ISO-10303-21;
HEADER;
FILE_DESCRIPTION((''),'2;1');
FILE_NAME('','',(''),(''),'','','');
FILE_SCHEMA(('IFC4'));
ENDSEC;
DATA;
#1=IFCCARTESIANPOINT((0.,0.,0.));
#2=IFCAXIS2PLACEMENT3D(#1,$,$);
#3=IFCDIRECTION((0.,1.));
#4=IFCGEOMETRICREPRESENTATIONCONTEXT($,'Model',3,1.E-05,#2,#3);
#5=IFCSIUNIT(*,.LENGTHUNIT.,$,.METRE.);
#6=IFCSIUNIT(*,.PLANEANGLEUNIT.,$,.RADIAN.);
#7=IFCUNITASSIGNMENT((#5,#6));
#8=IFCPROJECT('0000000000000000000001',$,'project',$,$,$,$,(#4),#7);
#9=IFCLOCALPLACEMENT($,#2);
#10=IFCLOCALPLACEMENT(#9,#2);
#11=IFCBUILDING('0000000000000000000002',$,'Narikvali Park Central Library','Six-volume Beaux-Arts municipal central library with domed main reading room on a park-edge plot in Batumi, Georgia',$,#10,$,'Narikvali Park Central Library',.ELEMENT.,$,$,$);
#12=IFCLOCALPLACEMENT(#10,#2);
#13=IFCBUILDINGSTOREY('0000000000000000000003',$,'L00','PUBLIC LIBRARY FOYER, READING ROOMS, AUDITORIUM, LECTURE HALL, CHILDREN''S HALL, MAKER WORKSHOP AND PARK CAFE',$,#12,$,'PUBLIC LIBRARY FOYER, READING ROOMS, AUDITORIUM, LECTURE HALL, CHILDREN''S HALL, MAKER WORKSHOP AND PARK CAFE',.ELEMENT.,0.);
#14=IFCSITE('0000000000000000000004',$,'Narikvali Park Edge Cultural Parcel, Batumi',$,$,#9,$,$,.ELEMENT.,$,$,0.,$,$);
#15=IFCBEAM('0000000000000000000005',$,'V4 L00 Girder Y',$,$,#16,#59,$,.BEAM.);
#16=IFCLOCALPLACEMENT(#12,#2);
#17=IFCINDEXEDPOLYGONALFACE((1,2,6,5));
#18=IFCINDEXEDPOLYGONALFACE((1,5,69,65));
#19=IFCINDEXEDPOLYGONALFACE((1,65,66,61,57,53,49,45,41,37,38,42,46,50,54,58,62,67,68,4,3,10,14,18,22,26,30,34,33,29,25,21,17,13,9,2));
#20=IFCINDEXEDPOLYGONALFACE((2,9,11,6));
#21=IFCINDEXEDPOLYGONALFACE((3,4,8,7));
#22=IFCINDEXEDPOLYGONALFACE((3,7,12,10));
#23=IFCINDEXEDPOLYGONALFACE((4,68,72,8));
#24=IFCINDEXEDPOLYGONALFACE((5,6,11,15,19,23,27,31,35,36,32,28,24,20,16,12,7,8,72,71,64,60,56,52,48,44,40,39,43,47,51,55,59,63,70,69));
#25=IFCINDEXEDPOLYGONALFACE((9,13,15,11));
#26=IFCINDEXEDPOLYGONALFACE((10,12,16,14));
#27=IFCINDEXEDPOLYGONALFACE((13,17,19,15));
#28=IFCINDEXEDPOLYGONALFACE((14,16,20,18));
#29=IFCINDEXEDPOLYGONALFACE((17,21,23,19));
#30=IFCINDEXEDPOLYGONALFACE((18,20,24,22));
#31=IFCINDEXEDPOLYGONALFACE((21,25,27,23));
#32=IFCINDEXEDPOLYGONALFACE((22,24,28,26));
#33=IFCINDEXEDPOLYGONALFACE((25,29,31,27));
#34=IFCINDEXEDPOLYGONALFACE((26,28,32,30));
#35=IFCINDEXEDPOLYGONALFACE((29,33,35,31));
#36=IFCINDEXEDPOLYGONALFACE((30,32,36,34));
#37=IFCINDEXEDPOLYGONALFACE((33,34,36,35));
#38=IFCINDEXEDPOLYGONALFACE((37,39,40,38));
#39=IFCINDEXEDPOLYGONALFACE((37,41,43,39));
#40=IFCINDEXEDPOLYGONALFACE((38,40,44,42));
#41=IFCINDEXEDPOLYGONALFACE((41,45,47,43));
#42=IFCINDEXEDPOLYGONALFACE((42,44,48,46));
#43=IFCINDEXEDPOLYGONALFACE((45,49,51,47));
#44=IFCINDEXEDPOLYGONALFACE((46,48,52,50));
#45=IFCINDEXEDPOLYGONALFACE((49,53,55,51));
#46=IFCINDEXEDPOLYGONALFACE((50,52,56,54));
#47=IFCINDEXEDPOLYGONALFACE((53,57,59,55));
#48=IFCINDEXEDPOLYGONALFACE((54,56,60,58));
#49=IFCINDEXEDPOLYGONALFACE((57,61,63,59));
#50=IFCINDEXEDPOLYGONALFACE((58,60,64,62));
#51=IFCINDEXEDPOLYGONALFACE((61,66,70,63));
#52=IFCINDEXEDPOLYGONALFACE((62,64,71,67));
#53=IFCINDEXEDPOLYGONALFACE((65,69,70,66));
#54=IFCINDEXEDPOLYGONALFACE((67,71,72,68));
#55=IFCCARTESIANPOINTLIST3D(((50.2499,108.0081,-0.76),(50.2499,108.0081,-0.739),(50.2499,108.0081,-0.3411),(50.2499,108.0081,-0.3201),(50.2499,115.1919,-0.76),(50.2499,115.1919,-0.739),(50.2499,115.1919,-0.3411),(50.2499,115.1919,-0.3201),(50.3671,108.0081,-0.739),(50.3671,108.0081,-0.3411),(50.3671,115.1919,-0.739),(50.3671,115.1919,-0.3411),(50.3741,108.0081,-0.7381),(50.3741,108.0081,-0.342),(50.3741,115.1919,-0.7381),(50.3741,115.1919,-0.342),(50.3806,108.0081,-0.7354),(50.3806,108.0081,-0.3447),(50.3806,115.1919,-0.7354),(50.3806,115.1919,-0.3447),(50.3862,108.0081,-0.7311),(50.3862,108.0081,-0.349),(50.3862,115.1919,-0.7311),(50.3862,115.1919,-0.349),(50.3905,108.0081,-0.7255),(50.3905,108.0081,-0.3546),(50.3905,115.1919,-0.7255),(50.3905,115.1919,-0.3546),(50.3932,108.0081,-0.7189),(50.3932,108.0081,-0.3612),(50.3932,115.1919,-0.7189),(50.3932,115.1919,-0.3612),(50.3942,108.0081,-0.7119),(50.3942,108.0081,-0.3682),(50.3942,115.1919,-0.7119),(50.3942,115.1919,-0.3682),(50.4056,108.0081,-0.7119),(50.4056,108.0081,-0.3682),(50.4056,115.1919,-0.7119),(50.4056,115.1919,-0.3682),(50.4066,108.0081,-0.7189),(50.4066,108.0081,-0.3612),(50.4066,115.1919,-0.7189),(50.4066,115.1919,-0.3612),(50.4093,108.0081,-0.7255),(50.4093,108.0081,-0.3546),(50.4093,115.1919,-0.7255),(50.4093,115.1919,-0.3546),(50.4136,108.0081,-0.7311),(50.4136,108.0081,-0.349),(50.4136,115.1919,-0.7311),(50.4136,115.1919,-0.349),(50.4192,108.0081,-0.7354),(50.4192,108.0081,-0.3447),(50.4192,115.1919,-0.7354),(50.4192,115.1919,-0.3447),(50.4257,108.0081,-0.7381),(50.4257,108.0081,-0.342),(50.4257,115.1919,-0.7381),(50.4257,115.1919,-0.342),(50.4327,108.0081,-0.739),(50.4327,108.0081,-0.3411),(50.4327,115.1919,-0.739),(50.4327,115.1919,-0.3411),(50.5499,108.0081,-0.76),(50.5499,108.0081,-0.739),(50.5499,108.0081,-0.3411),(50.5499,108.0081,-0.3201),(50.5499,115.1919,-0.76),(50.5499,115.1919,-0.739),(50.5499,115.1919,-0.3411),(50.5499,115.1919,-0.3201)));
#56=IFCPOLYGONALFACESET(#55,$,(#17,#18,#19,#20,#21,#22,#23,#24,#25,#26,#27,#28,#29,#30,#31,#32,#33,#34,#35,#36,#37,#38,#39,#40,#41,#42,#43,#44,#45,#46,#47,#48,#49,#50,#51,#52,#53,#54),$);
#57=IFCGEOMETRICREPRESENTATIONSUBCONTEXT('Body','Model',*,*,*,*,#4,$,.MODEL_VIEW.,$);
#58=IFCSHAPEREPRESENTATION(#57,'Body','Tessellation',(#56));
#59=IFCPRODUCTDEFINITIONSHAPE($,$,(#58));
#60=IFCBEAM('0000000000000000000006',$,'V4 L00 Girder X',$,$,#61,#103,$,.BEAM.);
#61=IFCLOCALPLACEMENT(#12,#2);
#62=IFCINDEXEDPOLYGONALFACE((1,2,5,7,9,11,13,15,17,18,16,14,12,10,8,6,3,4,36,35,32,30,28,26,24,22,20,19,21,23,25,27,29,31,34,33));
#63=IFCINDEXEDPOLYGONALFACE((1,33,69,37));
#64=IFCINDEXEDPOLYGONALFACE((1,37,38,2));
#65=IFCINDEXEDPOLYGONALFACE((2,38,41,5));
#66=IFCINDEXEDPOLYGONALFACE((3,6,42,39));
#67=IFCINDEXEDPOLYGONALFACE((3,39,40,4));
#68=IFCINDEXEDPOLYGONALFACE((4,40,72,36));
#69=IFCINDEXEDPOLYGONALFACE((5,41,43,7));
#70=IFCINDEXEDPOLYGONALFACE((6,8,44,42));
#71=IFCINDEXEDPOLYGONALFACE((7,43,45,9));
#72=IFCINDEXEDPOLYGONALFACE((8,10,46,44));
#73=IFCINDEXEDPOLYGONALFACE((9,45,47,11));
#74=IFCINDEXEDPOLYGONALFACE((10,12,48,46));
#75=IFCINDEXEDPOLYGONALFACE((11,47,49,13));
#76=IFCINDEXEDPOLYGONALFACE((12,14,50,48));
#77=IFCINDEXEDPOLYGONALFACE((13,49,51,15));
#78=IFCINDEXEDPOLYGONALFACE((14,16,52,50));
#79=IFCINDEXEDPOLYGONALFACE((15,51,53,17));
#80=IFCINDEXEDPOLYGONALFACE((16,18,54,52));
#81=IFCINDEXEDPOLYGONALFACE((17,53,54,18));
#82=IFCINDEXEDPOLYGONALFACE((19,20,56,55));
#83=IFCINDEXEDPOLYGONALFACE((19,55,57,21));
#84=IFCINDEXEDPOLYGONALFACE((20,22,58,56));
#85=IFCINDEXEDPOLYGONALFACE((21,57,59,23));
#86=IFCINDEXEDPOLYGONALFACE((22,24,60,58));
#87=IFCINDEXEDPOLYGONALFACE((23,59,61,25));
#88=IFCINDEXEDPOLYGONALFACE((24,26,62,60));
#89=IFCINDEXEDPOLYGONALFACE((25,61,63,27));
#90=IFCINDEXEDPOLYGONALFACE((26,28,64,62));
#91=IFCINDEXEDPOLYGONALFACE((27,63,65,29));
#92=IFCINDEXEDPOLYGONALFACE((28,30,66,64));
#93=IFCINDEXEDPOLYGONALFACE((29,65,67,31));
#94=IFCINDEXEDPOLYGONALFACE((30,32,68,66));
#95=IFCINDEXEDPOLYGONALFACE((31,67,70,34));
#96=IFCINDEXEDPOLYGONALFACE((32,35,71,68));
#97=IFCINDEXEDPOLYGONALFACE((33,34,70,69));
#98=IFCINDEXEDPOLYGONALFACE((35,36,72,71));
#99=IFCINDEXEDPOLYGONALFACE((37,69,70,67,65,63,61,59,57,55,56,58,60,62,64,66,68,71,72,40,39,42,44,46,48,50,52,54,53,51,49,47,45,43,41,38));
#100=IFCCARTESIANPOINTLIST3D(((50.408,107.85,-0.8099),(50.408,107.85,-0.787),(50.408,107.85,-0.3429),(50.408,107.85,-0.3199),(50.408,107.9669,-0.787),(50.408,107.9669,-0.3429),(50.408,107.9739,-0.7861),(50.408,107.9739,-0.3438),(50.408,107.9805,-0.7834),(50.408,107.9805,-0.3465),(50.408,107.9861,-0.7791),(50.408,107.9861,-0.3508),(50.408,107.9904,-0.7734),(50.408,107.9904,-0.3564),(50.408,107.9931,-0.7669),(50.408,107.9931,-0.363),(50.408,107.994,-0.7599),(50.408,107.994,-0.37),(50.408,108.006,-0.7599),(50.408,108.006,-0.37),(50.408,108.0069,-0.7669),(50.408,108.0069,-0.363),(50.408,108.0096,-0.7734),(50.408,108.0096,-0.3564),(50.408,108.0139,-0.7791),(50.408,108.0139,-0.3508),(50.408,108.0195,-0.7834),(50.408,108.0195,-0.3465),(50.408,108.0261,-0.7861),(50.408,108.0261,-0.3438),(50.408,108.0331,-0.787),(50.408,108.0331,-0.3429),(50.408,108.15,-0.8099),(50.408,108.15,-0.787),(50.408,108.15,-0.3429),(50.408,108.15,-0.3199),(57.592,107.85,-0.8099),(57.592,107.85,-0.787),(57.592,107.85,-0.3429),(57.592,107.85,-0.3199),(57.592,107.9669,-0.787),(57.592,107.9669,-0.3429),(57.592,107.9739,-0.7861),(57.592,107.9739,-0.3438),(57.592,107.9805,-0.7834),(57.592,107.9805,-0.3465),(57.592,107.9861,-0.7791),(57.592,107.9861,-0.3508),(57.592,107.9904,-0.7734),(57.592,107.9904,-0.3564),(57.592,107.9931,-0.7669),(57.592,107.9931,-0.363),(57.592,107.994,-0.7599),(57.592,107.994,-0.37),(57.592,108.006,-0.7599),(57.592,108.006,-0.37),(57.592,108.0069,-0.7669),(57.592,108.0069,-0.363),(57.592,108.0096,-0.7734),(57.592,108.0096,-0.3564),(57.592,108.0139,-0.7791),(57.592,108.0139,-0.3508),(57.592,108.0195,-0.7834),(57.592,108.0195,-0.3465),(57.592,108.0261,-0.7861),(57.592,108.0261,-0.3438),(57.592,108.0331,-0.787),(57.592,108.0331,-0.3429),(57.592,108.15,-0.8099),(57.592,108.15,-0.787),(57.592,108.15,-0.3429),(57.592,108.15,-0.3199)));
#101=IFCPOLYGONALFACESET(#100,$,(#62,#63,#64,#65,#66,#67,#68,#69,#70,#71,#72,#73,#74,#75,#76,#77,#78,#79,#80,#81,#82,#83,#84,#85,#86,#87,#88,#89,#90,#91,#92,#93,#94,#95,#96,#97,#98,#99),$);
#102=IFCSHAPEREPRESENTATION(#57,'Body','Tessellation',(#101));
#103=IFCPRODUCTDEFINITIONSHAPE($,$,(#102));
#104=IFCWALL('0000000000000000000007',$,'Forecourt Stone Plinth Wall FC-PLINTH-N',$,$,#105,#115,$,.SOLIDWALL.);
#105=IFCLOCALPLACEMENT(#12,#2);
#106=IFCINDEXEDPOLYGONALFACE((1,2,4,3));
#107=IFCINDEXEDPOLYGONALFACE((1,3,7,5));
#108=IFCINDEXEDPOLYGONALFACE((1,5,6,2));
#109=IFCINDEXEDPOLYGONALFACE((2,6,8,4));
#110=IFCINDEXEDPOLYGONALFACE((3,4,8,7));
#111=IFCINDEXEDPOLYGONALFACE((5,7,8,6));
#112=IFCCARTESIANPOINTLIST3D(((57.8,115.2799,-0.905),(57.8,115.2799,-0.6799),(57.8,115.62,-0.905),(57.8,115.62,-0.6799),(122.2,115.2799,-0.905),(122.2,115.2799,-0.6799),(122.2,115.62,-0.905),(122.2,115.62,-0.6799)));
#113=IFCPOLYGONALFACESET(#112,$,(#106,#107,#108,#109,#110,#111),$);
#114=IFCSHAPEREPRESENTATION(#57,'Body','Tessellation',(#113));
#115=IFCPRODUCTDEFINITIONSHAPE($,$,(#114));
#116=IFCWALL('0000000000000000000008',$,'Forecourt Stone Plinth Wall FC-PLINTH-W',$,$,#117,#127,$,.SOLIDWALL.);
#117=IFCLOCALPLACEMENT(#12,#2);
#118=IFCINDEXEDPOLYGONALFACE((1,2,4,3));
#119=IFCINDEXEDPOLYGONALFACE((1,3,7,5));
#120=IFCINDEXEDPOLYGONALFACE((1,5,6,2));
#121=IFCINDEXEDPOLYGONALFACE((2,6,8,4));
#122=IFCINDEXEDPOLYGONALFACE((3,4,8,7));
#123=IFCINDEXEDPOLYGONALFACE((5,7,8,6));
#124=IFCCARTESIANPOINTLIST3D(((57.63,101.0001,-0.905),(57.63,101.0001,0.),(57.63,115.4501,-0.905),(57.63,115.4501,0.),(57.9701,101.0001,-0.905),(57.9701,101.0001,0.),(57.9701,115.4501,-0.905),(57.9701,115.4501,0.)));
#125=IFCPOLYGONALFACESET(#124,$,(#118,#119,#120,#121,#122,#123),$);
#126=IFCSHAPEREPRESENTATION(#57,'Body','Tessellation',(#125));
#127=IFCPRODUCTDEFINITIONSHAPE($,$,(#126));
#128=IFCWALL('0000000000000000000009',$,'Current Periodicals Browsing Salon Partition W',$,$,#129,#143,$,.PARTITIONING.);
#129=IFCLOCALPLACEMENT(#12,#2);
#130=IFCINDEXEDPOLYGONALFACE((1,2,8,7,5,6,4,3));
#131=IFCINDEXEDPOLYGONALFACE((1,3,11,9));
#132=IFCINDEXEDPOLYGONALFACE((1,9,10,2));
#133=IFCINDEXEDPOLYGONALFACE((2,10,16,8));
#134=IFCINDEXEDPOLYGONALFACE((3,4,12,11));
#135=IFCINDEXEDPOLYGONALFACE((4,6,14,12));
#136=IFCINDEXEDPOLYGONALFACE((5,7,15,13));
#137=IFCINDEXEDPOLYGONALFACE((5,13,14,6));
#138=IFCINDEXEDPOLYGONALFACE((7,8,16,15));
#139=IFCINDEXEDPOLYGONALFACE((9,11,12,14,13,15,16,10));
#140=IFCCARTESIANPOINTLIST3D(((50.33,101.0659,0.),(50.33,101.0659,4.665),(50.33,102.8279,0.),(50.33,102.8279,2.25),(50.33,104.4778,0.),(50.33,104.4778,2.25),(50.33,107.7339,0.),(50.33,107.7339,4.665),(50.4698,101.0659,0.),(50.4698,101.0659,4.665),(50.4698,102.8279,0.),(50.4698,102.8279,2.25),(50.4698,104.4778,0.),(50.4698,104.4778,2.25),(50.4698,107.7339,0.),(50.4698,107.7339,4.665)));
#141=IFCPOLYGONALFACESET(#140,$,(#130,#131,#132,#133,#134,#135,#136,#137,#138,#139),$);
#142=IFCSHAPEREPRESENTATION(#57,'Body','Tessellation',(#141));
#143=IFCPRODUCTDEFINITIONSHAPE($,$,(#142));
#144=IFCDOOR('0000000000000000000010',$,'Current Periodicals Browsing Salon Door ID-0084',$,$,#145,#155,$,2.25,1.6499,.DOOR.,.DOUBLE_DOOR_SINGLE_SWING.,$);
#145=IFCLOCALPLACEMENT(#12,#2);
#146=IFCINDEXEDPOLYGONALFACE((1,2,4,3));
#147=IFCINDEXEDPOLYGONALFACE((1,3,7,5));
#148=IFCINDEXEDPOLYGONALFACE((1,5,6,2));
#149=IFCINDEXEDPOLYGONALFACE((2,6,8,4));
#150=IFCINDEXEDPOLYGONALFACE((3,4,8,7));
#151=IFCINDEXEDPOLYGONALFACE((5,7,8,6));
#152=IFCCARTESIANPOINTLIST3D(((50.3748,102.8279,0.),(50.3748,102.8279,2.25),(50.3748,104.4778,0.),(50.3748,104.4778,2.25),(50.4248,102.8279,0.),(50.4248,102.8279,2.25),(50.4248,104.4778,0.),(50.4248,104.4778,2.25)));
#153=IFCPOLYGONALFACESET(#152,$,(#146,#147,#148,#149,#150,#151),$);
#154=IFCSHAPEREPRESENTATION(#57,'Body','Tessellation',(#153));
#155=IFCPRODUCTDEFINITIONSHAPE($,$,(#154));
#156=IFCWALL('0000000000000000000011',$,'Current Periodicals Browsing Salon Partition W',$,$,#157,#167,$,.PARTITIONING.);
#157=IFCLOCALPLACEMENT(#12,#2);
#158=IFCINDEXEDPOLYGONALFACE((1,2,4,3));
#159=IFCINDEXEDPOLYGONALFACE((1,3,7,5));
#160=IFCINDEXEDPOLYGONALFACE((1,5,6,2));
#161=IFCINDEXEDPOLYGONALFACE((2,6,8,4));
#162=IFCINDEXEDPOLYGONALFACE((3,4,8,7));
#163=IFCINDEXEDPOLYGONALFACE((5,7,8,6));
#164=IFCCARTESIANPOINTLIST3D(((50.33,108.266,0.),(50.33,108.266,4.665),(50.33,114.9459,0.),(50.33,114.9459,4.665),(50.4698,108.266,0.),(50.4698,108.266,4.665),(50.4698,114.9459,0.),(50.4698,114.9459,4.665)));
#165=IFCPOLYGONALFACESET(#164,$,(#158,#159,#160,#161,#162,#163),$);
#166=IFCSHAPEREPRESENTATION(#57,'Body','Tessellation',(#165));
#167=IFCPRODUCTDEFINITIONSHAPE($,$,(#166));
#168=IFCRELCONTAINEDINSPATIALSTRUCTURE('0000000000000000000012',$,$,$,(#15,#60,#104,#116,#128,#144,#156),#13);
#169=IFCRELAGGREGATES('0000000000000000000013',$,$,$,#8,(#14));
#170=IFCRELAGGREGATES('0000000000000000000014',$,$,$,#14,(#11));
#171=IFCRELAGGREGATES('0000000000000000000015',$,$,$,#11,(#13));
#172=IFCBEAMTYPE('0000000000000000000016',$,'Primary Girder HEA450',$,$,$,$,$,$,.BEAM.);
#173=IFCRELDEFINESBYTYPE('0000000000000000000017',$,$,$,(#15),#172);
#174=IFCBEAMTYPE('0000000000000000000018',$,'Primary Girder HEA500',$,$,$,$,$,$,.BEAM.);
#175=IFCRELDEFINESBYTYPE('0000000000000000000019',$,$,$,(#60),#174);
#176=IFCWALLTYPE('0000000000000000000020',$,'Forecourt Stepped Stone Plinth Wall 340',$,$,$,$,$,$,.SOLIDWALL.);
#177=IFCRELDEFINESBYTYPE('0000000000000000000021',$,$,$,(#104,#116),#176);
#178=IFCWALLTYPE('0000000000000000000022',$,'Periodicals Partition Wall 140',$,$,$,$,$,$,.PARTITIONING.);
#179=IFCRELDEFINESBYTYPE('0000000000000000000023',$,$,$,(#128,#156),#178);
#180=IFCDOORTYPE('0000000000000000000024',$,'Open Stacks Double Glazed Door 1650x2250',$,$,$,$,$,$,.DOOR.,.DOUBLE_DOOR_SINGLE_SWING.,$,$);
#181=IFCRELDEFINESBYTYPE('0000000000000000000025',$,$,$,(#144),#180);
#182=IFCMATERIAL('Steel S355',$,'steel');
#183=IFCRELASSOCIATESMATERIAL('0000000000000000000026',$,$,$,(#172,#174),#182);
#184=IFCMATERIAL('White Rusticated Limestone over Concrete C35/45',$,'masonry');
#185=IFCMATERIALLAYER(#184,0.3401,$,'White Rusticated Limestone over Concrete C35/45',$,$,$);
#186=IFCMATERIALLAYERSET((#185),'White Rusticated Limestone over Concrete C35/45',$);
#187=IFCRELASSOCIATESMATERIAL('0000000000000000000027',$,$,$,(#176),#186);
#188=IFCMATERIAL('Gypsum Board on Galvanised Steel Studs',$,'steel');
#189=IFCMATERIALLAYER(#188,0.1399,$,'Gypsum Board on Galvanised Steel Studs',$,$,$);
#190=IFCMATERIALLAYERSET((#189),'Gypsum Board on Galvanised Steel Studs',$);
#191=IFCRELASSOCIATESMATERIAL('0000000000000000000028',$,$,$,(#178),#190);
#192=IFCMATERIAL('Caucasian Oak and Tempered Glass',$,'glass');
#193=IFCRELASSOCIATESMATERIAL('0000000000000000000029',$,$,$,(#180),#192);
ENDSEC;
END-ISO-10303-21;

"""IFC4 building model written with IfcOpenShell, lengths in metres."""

from ifc_helpers import new_model, si_unit, direction, frame, frame_2d, origin, origin_2d, place, context, subcontext, project, spatial, rectangle, i_section, extrude, material, layer, layer_set, material_profile, profile_set, type_object, element, fill, save


model = new_model("IFC4")

# Units and contexts
model_context = context("Model", 3, precision=1e-05, world=origin(), true_north=direction((0.0, 1.0)))
body_context = subcontext(model_context, "Body", "Model", "MODEL_VIEW")
ifc_project = project(units=[si_unit("LENGTHUNIT", "METRE"), si_unit("PLANEANGLEUNIT", "RADIAN")], contexts=[model_context])

# Site, building, storey
site_placement = place(None, origin())
site = spatial("IfcSite", under=ifc_project, at=site_placement, Name="Narikvali Park Edge Cultural Parcel, Batumi", CompositionType="ELEMENT", RefElevation=0.0)
building_placement = place(site_placement, origin())
building = spatial("IfcBuilding", under=site, at=building_placement, Name="Narikvali Park Central Library", Description="Six-volume Beaux-Arts municipal central library with domed main reading room on a park-edge plot in Batumi, Georgia", LongName="Narikvali Park Central Library", CompositionType="ELEMENT")
storey_placement = place(building_placement, origin())
storey = spatial("IfcBuildingStorey", under=building, at=storey_placement, Name="L00", Description="PUBLIC LIBRARY FOYER, READING ROOMS, AUDITORIUM, LECTURE HALL, CHILDREN'S HALL, MAKER WORKSHOP AND PARK CAFE", LongName="PUBLIC LIBRARY FOYER, READING ROOMS, AUDITORIUM, LECTURE HALL, CHILDREN'S HALL, MAKER WORKSHOP AND PARK CAFE", CompositionType="ELEMENT", Elevation=0.0)

# Shared definitions
ifc_material_1 = material(Name="Steel S355", Category="steel")

# Beams
ifc_material_profile_1 = material_profile(ifc_material_1, i_section(OverallWidth=0.3, OverallDepth=0.4399, WebThickness=0.0115, FlangeThickness=0.021, FilletRadius=0.0271, at=origin_2d()), Name="HEA 450")
ifc_profile_set_1 = profile_set([ifc_material_profile_1], Name="Steel S355")
beam_type_1 = type_object("IfcBeamType", Name="Primary Girder HEA450", PredefinedType="BEAM", material=ifc_profile_set_1)
for number, where, z_axis, x_axis, name in (
    (1, (50.3999, 108.0081, -0.54), (0.0, 1.0, 0.0), (-1.0, 0.0, 0.0), "V4 L00 Girder Y"),
):
    element("IfcBeam", number, at=place(storey_placement, frame(where, z_axis=z_axis, x_axis=x_axis)), inside=storey, type_object=beam_type_1, Name=name, PredefinedType="BEAM", context=body_context, shape_type="SweptSolid", body=[
        extrude(i_section(OverallWidth=0.3, OverallDepth=0.4399, WebThickness=0.0115, FlangeThickness=0.021, FilletRadius=0.0271, at=origin_2d()), origin(), (0.0, 0.0, 1.0), 7.1838),
    ])
ifc_material_profile_2 = material_profile(ifc_material_1, i_section(OverallWidth=0.3, OverallDepth=0.49, WebThickness=0.012, FlangeThickness=0.0229, FilletRadius=0.0271, at=origin_2d()), Name="HEA 500")
ifc_profile_set_2 = profile_set([ifc_material_profile_2], Name="Steel S355")
beam_type_2 = type_object("IfcBeamType", Name="Primary Girder HEA500", PredefinedType="BEAM", material=ifc_profile_set_2)
beam_1_placement = place(storey_placement, frame((50.408, 108.0, -0.5649), z_axis=(1.0, 0.0, 0.0), x_axis=(0.0, 1.0, 0.0)))
element("IfcBeam", 2, at=beam_1_placement, inside=storey, type_object=beam_type_2, Name="V4 L00 Girder X", PredefinedType="BEAM", context=body_context, shape_type="SweptSolid", body=[
    extrude(i_section(OverallWidth=0.3, OverallDepth=0.49, WebThickness=0.012, FlangeThickness=0.0229, FilletRadius=0.0271, at=origin_2d()), origin(), (0.0, 0.0, 1.0), 7.1841),
])

# Walls
ifc_material_2 = material(Name="White Rusticated Limestone over Concrete C35/45", Category="masonry")
ifc_layer_1 = layer(ifc_material_2, 0.3401, Name="White Rusticated Limestone over Concrete C35/45")
ifc_layer_set_1 = layer_set([ifc_layer_1], Name="White Rusticated Limestone over Concrete C35/45")
wall_type_1 = type_object("IfcWallType", Name="Forecourt Stepped Stone Plinth Wall 340", PredefinedType="SOLIDWALL", material=ifc_layer_set_1)
wall_1_placement = place(storey_placement, frame((57.8, 115.45, -0.905), z_axis=(0.0, 0.0, 1.0), x_axis=(1.0, 0.0, 0.0)))
element("IfcWall", 3, at=wall_1_placement, inside=storey, type_object=wall_type_1, Name="Forecourt Stone Plinth Wall FC-PLINTH-N", PredefinedType="SOLIDWALL", context=body_context, shape_type="SweptSolid", body=[
    extrude(rectangle(XDim=64.3999, YDim=0.3401, at=frame_2d((32.2, 0.0))), origin(), (0.0, 0.0, 1.0), 0.2251),
])
wall_2_placement = place(storey_placement, frame((57.8, 101.0, -0.905), z_axis=(0.0, 0.0, 1.0), x_axis=(0.0, 1.0, 0.0)))
element("IfcWall", 4, at=wall_2_placement, inside=storey, type_object=wall_type_1, Name="Forecourt Stone Plinth Wall FC-PLINTH-W", PredefinedType="SOLIDWALL", context=body_context, shape_type="SweptSolid", body=[
    extrude(rectangle(XDim=14.45, YDim=0.3401, at=frame_2d((7.2251, 0.0))), origin(), (0.0, 0.0, 1.0), 0.905),
])

# Wall, opening, door
ifc_material_3 = material(Name="Gypsum Board on Galvanised Steel Studs", Category="steel")
ifc_layer_2 = layer(ifc_material_3, 0.1399, Name="Gypsum Board on Galvanised Steel Studs")
ifc_layer_set_2 = layer_set([ifc_layer_2], Name="Gypsum Board on Galvanised Steel Studs")
wall_type_2 = type_object("IfcWallType", Name="Periodicals Partition Wall 140", PredefinedType="PARTITIONING", material=ifc_layer_set_2)
wall_3_placement = place(storey_placement, frame((50.3999, 101.0659, 0.0), z_axis=(0.0, 0.0, 1.0), x_axis=(0.0, 1.0, 0.0)))
wall_3 = element("IfcWall", 5, at=wall_3_placement, inside=storey, type_object=wall_type_2, Name="Current Periodicals Browsing Salon Partition W", PredefinedType="PARTITIONING", context=body_context, shape_type="SweptSolid", body=[
    extrude(rectangle(XDim=6.668, YDim=0.1399, at=frame_2d((3.334, 0.0))), origin(), (0.0, 0.0, 1.0), 4.665),
])
opening_1_placement = place(wall_3_placement, frame((1.762, 0.0, 0.0)))
opening_1 = element("IfcOpeningElement", 6, at=opening_1_placement, cuts=wall_3, PredefinedType="OPENING", context=body_context, shape_type="SweptSolid", body=[
    extrude(rectangle(XDim=1.6499, YDim=2.25, at=frame_2d((0.825, 1.125))), frame((0.0, 0.082, 0.0), z_axis=(0.0, -1.0, 0.0), x_axis=(1.0, 0.0, 0.0)), (0.0, 0.0, 1.0), 0.1638),
])
ifc_material_4 = material(Name="Caucasian Oak and Tempered Glass", Category="glass")
door_type = type_object("IfcDoorType", Name="Open Stacks Double Glazed Door 1650x2250", OperationType="DOUBLE_DOOR_SINGLE_SWING", PredefinedType="DOOR", material=ifc_material_4)
door_placement = place(opening_1_placement, frame((1.6499, 0.0, 0.0), z_axis=(0.0, 0.0, 1.0), x_axis=(-1.0, 0.0, 0.0)))
door = element("IfcDoor", 7, at=door_placement, inside=storey, type_object=door_type, Name="Current Periodicals Browsing Salon Door ID-0084", OperationType="DOUBLE_DOOR_SINGLE_SWING", OverallHeight=2.25, OverallWidth=1.6499, PredefinedType="DOOR", context=body_context, shape_type="SweptSolid", body=[
    extrude(rectangle(XDim=1.6499, YDim=2.25, at=frame_2d((0.825, 1.125))), frame((0.0, 0.0249, 0.0), z_axis=(0.0, -1.0, 0.0), x_axis=(1.0, 0.0, 0.0)), (0.0, 0.0, 1.0), 0.05),
])
fill(opening_1, door)

# Wall
wall_4_placement = place(storey_placement, frame((50.3999, 108.2661, 0.0), z_axis=(0.0, 0.0, 1.0), x_axis=(0.0, 1.0, 0.0)))
element("IfcWall", 8, at=wall_4_placement, inside=storey, type_object=wall_type_2, Name="Current Periodicals Browsing Salon Partition W", PredefinedType="PARTITIONING", context=body_context, shape_type="SweptSolid", body=[
    extrude(rectangle(XDim=6.6799, YDim=0.1399, at=frame_2d((3.3398, 0.0))), origin(), (0.0, 0.0, 1.0), 4.665),
])

save(model, "model.ifc")
